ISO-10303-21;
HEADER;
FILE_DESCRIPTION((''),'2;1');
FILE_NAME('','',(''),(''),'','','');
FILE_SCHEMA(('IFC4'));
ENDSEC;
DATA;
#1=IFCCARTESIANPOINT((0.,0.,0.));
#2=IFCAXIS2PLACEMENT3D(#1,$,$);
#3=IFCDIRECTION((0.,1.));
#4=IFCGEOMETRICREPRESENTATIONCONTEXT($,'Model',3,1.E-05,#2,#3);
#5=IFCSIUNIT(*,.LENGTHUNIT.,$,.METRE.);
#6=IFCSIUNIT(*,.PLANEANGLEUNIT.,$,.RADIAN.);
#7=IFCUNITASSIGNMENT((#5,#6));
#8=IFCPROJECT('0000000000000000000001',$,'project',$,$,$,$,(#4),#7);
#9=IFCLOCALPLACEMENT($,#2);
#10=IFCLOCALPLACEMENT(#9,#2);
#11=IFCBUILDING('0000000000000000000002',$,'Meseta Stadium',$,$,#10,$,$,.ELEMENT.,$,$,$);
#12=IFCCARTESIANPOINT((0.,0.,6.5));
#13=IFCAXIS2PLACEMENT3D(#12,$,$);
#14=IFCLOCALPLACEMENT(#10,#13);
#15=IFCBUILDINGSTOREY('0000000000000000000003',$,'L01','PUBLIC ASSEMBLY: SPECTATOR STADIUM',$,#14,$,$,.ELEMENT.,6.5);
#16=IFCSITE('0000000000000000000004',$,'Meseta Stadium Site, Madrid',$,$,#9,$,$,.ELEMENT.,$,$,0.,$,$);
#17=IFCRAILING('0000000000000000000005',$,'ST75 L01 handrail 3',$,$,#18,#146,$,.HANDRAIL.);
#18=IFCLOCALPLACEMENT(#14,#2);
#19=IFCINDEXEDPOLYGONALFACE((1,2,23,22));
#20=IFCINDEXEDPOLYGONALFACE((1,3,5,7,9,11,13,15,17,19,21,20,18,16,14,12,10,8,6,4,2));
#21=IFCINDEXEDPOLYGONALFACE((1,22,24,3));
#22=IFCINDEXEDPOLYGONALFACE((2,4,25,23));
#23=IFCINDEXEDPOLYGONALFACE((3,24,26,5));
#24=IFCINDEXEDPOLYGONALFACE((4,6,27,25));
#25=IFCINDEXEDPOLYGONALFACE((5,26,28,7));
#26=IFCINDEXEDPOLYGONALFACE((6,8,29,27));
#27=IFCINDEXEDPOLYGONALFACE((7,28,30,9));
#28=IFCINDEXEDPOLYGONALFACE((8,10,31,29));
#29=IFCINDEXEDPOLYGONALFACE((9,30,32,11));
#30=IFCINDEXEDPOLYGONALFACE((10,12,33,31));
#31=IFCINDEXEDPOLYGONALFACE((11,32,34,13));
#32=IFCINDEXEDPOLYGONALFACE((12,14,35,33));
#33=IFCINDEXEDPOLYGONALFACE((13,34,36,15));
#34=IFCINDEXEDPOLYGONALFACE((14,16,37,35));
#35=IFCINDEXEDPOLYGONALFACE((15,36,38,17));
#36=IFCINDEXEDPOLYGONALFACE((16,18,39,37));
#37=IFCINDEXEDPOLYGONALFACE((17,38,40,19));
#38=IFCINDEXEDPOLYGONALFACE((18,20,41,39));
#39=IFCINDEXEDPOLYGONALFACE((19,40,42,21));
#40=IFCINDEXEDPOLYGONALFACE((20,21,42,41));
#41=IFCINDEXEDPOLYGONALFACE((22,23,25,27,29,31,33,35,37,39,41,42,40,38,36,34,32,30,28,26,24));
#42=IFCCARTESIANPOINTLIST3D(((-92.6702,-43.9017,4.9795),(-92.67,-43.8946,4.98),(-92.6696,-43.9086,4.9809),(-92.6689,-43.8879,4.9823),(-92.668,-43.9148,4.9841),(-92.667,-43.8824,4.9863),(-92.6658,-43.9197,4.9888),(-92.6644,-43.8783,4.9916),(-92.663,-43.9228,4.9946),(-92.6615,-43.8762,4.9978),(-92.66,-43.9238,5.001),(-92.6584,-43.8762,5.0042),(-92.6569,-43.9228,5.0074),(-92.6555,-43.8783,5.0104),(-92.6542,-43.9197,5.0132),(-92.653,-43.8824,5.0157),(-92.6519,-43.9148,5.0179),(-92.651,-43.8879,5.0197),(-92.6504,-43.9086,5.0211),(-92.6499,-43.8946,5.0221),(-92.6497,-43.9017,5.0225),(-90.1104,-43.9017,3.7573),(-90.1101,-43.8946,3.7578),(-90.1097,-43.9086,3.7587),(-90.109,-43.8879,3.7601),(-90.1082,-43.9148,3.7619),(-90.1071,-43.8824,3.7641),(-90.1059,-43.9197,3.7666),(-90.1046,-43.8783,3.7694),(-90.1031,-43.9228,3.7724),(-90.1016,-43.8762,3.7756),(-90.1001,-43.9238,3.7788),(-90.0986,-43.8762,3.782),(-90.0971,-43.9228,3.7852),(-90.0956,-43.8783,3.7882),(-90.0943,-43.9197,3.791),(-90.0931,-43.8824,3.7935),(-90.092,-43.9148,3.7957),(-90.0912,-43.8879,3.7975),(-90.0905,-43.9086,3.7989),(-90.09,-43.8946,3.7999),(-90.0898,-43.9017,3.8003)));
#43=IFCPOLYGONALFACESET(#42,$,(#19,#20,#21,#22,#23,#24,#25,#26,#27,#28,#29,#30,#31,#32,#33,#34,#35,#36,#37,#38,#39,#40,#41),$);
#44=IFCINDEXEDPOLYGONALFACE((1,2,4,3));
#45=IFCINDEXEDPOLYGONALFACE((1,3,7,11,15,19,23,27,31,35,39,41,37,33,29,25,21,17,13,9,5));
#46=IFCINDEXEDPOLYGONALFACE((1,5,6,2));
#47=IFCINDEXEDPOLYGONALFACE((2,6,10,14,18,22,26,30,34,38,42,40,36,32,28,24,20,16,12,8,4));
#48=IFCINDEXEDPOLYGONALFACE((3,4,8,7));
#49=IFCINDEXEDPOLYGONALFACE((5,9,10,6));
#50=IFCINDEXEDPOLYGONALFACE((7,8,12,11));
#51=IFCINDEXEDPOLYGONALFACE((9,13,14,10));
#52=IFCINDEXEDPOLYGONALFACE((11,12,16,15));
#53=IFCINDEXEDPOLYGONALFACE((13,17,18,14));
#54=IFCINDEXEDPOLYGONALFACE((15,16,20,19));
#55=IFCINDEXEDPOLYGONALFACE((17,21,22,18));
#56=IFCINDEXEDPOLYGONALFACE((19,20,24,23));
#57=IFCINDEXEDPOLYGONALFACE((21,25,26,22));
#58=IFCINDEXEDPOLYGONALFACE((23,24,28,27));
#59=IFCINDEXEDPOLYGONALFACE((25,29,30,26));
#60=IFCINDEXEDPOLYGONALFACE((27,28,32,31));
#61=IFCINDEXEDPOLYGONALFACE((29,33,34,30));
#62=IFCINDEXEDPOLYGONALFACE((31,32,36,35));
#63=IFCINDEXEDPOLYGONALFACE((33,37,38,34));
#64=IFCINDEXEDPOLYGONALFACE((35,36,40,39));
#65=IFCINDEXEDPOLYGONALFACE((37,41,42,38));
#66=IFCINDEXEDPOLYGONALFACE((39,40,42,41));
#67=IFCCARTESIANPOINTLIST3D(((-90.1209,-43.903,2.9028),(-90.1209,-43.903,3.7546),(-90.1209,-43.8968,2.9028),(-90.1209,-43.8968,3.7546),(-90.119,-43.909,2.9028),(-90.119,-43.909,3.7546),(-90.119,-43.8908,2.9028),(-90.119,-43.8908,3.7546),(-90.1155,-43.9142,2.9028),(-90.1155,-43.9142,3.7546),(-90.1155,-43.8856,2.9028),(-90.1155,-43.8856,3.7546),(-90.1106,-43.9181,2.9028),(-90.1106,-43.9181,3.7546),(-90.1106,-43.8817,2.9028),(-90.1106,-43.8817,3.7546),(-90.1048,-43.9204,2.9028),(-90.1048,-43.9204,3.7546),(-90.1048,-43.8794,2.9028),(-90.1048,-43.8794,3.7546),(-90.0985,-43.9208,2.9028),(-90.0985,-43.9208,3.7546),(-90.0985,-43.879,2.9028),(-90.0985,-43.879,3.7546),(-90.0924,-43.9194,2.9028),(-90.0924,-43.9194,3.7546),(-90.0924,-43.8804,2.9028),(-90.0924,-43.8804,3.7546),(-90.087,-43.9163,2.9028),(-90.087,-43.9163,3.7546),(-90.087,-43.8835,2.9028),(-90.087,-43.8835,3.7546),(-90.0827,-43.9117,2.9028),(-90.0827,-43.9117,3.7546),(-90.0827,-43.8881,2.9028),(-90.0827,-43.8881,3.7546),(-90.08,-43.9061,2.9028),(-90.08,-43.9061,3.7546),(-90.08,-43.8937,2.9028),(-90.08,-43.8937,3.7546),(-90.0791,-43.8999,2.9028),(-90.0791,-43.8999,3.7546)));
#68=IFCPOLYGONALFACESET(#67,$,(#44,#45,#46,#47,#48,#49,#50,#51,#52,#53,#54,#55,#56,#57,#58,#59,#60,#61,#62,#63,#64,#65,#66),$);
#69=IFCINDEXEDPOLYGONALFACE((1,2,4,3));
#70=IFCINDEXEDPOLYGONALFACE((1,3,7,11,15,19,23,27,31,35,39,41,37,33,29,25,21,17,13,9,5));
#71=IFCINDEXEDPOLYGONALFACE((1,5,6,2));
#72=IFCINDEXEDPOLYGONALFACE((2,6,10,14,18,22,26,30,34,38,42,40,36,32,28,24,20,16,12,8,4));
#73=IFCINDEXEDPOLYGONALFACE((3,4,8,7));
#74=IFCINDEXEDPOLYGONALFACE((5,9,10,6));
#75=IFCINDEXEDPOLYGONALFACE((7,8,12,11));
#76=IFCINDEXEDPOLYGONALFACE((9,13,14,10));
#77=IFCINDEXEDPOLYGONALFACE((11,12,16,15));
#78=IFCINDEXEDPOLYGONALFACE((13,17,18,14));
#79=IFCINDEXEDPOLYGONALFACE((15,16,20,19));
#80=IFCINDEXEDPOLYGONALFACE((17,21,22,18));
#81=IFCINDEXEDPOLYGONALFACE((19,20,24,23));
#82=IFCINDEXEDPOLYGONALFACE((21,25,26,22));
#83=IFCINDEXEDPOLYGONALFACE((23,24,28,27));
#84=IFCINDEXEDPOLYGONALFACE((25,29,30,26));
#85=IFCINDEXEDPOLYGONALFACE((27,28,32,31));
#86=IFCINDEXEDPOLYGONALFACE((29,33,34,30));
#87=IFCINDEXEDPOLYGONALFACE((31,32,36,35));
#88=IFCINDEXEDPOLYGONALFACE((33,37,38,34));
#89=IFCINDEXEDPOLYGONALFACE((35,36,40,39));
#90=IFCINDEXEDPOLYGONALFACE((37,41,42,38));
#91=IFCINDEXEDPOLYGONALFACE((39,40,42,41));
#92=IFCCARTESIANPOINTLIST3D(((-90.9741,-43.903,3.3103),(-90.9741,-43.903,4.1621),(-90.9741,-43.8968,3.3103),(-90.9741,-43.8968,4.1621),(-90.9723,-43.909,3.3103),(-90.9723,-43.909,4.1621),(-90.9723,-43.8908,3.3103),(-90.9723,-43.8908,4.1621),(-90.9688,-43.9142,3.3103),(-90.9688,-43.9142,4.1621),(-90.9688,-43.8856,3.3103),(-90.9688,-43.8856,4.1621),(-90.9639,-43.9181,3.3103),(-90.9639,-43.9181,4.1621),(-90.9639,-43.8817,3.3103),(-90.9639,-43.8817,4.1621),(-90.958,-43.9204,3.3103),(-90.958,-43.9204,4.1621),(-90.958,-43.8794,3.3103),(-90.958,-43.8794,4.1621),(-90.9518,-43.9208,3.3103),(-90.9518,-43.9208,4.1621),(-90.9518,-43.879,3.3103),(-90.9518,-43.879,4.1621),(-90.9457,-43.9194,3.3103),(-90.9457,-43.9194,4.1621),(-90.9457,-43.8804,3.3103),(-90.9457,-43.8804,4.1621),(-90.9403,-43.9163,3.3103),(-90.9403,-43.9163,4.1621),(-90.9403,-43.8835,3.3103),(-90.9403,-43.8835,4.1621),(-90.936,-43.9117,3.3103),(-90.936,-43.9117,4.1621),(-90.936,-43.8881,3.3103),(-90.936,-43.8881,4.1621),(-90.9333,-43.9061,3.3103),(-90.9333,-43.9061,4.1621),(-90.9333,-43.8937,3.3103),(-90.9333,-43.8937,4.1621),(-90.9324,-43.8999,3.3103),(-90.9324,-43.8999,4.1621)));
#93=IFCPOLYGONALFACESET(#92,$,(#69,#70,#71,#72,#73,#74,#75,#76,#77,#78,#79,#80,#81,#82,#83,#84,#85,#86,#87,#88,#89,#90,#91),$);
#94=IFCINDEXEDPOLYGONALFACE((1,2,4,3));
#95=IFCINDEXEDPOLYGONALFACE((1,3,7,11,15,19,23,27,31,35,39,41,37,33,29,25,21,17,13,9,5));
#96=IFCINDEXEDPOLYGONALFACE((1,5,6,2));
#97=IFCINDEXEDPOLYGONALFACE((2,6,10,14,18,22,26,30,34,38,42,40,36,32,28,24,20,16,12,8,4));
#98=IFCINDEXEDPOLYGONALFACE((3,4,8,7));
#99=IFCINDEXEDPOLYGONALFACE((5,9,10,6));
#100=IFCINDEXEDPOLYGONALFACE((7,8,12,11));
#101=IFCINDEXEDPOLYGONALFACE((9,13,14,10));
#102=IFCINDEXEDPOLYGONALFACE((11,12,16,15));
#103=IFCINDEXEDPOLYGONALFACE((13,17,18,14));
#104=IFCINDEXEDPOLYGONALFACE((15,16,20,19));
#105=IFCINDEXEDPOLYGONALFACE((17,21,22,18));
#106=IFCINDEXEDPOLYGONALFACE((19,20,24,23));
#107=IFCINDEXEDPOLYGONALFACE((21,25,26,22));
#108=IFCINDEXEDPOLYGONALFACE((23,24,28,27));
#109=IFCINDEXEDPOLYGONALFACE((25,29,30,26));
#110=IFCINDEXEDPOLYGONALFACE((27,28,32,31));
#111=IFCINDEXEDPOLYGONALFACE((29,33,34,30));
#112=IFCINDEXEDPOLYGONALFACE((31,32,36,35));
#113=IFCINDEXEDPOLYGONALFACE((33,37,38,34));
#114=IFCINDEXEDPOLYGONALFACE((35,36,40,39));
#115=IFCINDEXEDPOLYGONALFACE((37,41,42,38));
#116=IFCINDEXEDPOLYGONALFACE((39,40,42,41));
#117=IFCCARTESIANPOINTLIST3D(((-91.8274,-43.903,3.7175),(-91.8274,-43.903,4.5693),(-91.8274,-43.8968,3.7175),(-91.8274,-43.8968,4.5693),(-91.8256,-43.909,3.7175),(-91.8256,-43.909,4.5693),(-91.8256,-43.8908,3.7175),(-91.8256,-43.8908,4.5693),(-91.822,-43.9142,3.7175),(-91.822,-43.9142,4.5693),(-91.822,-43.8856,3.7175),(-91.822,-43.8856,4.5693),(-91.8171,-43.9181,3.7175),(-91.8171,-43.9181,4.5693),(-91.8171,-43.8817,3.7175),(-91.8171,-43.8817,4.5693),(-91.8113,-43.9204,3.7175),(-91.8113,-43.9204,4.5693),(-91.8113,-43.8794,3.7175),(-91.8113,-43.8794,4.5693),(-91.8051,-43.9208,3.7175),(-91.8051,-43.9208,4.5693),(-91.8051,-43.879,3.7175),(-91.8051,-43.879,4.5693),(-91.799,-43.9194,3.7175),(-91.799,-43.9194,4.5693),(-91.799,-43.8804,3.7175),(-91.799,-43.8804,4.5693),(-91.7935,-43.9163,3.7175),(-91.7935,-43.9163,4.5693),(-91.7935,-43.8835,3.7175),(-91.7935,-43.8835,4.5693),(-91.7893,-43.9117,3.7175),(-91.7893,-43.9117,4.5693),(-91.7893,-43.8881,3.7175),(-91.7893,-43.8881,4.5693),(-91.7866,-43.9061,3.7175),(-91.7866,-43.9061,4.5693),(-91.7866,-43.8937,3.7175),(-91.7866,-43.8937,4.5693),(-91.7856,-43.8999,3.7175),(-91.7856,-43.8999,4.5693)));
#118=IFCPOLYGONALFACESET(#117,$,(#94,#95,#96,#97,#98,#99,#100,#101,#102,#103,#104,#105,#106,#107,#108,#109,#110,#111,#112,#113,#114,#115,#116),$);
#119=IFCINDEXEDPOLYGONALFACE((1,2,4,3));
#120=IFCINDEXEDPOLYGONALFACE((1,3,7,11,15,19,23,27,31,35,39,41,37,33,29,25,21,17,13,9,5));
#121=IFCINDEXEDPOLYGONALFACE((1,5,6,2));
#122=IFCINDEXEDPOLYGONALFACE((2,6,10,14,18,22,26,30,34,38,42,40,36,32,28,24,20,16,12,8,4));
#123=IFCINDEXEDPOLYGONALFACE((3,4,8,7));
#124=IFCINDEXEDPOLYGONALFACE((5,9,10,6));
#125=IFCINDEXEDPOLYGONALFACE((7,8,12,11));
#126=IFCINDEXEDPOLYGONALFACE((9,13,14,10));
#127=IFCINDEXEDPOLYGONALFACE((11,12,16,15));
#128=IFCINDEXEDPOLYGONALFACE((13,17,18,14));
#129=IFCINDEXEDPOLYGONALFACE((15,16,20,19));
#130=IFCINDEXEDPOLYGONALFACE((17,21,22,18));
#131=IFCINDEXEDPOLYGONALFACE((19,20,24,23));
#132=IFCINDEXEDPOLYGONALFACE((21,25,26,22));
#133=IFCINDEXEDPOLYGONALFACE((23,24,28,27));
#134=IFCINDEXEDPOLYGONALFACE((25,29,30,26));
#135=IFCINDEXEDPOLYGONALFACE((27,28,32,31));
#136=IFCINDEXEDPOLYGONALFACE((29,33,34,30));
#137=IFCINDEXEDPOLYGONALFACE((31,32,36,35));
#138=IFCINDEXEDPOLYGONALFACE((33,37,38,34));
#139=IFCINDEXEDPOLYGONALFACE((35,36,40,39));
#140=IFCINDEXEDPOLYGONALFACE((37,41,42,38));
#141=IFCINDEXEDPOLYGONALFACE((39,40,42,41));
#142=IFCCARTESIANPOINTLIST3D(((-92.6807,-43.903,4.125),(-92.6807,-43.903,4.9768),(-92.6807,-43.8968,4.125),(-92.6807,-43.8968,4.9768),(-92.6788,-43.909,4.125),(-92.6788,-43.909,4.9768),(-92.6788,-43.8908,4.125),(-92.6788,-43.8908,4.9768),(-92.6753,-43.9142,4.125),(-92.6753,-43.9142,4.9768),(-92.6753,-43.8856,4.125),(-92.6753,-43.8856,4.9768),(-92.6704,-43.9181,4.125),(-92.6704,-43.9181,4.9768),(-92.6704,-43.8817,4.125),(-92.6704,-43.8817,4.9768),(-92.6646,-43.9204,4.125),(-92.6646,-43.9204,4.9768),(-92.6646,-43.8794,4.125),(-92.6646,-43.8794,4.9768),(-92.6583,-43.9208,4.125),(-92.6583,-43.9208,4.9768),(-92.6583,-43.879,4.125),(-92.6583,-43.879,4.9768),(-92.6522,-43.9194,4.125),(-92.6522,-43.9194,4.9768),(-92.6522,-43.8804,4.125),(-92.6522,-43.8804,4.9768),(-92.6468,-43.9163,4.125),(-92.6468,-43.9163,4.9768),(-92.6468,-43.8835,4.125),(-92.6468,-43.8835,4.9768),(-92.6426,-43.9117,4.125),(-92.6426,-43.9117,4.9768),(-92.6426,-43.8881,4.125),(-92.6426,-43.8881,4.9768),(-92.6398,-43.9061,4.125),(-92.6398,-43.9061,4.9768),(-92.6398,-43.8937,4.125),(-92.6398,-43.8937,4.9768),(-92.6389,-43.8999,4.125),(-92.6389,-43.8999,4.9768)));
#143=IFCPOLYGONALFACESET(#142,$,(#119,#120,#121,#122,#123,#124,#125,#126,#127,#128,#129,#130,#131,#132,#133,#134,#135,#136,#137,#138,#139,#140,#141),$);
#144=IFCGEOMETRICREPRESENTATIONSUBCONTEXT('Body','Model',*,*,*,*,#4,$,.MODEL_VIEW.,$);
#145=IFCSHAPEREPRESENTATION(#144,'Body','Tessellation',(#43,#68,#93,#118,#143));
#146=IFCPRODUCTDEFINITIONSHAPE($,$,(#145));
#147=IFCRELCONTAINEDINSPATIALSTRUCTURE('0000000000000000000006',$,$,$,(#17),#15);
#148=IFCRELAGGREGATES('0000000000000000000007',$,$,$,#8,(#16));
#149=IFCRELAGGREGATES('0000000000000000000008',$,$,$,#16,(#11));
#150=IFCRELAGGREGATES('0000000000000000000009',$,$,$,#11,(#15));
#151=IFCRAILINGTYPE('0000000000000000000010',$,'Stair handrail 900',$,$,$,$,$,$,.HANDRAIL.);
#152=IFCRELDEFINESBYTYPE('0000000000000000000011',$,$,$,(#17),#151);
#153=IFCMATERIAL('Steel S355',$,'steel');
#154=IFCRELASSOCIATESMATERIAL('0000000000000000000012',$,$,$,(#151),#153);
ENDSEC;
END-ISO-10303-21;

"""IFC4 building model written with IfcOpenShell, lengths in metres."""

from ifc_helpers import new_model, si_unit, direction, frame, origin, origin_2d, place, context, subcontext, project, spatial, circle, extrude, material, type_object, element, save


model = new_model("IFC4")

# Units and contexts
model_context = context("Model", 3, precision=1e-05, world=origin(), true_north=direction((0.0, 1.0)))
body_context = subcontext(model_context, "Body", "Model", "MODEL_VIEW")
ifc_project = project(units=[si_unit("LENGTHUNIT", "METRE"), si_unit("PLANEANGLEUNIT", "RADIAN")], contexts=[model_context])

# Site, building, storey
site_placement = place(None, origin())
site = spatial("IfcSite", under=ifc_project, at=site_placement, Name="Meseta Stadium Site, Madrid", CompositionType="ELEMENT", RefElevation=0.0)
building_placement = place(site_placement, origin())
building = spatial("IfcBuilding", under=site, at=building_placement, Name="Meseta Stadium", CompositionType="ELEMENT")
storey_placement = place(building_placement, frame((0.0, 0.0, 6.5)))
storey = spatial("IfcBuildingStorey", under=building, at=storey_placement, Name="L01", Description="PUBLIC ASSEMBLY: SPECTATOR STADIUM", CompositionType="ELEMENT", Elevation=6.5)

# Railing
ifc_material_1 = material(Name="Steel S355", Category="steel")
railing_type_1 = type_object("IfcRailingType", Name="Stair handrail 900", PredefinedType="HANDRAIL", material=ifc_material_1)
for number, where, name in (
    (1, (-90.1001, -43.8999, 2.9028), "ST75 L01 handrail 3"),
):
    element("IfcRailing", number, at=place(storey_placement, frame(where)), inside=storey, type_object=railing_type_1, Name=name, PredefinedType="HANDRAIL", context=body_context, shape_type="SweptSolid", body=[
        extrude(circle(Radius=0.0239, at=origin_2d()), frame((0.0, 0.0, 0.876), z_axis=(-0.902421, 0.0, 0.430855), x_axis=(0.0, -1.0, 0.0)), (0.0, 0.0, 1.0), 2.8367),
        extrude(circle(Radius=0.021, at=origin_2d()), origin(), (0.0, 0.0, 1.0), 0.8518),
        extrude(circle(Radius=0.021, at=origin_2d()), frame((-0.8533, 0.0, 0.4075)), (0.0, 0.0, 1.0), 0.8518),
        extrude(circle(Radius=0.021, at=origin_2d()), frame((-1.7065, 0.0, 0.8147)), (0.0, 0.0, 1.0), 0.8518),
        extrude(circle(Radius=0.021, at=origin_2d()), frame((-2.5598, 0.0, 1.2222)), (0.0, 0.0, 1.0), 0.8518),
    ])

save(model, "model.ifc")
